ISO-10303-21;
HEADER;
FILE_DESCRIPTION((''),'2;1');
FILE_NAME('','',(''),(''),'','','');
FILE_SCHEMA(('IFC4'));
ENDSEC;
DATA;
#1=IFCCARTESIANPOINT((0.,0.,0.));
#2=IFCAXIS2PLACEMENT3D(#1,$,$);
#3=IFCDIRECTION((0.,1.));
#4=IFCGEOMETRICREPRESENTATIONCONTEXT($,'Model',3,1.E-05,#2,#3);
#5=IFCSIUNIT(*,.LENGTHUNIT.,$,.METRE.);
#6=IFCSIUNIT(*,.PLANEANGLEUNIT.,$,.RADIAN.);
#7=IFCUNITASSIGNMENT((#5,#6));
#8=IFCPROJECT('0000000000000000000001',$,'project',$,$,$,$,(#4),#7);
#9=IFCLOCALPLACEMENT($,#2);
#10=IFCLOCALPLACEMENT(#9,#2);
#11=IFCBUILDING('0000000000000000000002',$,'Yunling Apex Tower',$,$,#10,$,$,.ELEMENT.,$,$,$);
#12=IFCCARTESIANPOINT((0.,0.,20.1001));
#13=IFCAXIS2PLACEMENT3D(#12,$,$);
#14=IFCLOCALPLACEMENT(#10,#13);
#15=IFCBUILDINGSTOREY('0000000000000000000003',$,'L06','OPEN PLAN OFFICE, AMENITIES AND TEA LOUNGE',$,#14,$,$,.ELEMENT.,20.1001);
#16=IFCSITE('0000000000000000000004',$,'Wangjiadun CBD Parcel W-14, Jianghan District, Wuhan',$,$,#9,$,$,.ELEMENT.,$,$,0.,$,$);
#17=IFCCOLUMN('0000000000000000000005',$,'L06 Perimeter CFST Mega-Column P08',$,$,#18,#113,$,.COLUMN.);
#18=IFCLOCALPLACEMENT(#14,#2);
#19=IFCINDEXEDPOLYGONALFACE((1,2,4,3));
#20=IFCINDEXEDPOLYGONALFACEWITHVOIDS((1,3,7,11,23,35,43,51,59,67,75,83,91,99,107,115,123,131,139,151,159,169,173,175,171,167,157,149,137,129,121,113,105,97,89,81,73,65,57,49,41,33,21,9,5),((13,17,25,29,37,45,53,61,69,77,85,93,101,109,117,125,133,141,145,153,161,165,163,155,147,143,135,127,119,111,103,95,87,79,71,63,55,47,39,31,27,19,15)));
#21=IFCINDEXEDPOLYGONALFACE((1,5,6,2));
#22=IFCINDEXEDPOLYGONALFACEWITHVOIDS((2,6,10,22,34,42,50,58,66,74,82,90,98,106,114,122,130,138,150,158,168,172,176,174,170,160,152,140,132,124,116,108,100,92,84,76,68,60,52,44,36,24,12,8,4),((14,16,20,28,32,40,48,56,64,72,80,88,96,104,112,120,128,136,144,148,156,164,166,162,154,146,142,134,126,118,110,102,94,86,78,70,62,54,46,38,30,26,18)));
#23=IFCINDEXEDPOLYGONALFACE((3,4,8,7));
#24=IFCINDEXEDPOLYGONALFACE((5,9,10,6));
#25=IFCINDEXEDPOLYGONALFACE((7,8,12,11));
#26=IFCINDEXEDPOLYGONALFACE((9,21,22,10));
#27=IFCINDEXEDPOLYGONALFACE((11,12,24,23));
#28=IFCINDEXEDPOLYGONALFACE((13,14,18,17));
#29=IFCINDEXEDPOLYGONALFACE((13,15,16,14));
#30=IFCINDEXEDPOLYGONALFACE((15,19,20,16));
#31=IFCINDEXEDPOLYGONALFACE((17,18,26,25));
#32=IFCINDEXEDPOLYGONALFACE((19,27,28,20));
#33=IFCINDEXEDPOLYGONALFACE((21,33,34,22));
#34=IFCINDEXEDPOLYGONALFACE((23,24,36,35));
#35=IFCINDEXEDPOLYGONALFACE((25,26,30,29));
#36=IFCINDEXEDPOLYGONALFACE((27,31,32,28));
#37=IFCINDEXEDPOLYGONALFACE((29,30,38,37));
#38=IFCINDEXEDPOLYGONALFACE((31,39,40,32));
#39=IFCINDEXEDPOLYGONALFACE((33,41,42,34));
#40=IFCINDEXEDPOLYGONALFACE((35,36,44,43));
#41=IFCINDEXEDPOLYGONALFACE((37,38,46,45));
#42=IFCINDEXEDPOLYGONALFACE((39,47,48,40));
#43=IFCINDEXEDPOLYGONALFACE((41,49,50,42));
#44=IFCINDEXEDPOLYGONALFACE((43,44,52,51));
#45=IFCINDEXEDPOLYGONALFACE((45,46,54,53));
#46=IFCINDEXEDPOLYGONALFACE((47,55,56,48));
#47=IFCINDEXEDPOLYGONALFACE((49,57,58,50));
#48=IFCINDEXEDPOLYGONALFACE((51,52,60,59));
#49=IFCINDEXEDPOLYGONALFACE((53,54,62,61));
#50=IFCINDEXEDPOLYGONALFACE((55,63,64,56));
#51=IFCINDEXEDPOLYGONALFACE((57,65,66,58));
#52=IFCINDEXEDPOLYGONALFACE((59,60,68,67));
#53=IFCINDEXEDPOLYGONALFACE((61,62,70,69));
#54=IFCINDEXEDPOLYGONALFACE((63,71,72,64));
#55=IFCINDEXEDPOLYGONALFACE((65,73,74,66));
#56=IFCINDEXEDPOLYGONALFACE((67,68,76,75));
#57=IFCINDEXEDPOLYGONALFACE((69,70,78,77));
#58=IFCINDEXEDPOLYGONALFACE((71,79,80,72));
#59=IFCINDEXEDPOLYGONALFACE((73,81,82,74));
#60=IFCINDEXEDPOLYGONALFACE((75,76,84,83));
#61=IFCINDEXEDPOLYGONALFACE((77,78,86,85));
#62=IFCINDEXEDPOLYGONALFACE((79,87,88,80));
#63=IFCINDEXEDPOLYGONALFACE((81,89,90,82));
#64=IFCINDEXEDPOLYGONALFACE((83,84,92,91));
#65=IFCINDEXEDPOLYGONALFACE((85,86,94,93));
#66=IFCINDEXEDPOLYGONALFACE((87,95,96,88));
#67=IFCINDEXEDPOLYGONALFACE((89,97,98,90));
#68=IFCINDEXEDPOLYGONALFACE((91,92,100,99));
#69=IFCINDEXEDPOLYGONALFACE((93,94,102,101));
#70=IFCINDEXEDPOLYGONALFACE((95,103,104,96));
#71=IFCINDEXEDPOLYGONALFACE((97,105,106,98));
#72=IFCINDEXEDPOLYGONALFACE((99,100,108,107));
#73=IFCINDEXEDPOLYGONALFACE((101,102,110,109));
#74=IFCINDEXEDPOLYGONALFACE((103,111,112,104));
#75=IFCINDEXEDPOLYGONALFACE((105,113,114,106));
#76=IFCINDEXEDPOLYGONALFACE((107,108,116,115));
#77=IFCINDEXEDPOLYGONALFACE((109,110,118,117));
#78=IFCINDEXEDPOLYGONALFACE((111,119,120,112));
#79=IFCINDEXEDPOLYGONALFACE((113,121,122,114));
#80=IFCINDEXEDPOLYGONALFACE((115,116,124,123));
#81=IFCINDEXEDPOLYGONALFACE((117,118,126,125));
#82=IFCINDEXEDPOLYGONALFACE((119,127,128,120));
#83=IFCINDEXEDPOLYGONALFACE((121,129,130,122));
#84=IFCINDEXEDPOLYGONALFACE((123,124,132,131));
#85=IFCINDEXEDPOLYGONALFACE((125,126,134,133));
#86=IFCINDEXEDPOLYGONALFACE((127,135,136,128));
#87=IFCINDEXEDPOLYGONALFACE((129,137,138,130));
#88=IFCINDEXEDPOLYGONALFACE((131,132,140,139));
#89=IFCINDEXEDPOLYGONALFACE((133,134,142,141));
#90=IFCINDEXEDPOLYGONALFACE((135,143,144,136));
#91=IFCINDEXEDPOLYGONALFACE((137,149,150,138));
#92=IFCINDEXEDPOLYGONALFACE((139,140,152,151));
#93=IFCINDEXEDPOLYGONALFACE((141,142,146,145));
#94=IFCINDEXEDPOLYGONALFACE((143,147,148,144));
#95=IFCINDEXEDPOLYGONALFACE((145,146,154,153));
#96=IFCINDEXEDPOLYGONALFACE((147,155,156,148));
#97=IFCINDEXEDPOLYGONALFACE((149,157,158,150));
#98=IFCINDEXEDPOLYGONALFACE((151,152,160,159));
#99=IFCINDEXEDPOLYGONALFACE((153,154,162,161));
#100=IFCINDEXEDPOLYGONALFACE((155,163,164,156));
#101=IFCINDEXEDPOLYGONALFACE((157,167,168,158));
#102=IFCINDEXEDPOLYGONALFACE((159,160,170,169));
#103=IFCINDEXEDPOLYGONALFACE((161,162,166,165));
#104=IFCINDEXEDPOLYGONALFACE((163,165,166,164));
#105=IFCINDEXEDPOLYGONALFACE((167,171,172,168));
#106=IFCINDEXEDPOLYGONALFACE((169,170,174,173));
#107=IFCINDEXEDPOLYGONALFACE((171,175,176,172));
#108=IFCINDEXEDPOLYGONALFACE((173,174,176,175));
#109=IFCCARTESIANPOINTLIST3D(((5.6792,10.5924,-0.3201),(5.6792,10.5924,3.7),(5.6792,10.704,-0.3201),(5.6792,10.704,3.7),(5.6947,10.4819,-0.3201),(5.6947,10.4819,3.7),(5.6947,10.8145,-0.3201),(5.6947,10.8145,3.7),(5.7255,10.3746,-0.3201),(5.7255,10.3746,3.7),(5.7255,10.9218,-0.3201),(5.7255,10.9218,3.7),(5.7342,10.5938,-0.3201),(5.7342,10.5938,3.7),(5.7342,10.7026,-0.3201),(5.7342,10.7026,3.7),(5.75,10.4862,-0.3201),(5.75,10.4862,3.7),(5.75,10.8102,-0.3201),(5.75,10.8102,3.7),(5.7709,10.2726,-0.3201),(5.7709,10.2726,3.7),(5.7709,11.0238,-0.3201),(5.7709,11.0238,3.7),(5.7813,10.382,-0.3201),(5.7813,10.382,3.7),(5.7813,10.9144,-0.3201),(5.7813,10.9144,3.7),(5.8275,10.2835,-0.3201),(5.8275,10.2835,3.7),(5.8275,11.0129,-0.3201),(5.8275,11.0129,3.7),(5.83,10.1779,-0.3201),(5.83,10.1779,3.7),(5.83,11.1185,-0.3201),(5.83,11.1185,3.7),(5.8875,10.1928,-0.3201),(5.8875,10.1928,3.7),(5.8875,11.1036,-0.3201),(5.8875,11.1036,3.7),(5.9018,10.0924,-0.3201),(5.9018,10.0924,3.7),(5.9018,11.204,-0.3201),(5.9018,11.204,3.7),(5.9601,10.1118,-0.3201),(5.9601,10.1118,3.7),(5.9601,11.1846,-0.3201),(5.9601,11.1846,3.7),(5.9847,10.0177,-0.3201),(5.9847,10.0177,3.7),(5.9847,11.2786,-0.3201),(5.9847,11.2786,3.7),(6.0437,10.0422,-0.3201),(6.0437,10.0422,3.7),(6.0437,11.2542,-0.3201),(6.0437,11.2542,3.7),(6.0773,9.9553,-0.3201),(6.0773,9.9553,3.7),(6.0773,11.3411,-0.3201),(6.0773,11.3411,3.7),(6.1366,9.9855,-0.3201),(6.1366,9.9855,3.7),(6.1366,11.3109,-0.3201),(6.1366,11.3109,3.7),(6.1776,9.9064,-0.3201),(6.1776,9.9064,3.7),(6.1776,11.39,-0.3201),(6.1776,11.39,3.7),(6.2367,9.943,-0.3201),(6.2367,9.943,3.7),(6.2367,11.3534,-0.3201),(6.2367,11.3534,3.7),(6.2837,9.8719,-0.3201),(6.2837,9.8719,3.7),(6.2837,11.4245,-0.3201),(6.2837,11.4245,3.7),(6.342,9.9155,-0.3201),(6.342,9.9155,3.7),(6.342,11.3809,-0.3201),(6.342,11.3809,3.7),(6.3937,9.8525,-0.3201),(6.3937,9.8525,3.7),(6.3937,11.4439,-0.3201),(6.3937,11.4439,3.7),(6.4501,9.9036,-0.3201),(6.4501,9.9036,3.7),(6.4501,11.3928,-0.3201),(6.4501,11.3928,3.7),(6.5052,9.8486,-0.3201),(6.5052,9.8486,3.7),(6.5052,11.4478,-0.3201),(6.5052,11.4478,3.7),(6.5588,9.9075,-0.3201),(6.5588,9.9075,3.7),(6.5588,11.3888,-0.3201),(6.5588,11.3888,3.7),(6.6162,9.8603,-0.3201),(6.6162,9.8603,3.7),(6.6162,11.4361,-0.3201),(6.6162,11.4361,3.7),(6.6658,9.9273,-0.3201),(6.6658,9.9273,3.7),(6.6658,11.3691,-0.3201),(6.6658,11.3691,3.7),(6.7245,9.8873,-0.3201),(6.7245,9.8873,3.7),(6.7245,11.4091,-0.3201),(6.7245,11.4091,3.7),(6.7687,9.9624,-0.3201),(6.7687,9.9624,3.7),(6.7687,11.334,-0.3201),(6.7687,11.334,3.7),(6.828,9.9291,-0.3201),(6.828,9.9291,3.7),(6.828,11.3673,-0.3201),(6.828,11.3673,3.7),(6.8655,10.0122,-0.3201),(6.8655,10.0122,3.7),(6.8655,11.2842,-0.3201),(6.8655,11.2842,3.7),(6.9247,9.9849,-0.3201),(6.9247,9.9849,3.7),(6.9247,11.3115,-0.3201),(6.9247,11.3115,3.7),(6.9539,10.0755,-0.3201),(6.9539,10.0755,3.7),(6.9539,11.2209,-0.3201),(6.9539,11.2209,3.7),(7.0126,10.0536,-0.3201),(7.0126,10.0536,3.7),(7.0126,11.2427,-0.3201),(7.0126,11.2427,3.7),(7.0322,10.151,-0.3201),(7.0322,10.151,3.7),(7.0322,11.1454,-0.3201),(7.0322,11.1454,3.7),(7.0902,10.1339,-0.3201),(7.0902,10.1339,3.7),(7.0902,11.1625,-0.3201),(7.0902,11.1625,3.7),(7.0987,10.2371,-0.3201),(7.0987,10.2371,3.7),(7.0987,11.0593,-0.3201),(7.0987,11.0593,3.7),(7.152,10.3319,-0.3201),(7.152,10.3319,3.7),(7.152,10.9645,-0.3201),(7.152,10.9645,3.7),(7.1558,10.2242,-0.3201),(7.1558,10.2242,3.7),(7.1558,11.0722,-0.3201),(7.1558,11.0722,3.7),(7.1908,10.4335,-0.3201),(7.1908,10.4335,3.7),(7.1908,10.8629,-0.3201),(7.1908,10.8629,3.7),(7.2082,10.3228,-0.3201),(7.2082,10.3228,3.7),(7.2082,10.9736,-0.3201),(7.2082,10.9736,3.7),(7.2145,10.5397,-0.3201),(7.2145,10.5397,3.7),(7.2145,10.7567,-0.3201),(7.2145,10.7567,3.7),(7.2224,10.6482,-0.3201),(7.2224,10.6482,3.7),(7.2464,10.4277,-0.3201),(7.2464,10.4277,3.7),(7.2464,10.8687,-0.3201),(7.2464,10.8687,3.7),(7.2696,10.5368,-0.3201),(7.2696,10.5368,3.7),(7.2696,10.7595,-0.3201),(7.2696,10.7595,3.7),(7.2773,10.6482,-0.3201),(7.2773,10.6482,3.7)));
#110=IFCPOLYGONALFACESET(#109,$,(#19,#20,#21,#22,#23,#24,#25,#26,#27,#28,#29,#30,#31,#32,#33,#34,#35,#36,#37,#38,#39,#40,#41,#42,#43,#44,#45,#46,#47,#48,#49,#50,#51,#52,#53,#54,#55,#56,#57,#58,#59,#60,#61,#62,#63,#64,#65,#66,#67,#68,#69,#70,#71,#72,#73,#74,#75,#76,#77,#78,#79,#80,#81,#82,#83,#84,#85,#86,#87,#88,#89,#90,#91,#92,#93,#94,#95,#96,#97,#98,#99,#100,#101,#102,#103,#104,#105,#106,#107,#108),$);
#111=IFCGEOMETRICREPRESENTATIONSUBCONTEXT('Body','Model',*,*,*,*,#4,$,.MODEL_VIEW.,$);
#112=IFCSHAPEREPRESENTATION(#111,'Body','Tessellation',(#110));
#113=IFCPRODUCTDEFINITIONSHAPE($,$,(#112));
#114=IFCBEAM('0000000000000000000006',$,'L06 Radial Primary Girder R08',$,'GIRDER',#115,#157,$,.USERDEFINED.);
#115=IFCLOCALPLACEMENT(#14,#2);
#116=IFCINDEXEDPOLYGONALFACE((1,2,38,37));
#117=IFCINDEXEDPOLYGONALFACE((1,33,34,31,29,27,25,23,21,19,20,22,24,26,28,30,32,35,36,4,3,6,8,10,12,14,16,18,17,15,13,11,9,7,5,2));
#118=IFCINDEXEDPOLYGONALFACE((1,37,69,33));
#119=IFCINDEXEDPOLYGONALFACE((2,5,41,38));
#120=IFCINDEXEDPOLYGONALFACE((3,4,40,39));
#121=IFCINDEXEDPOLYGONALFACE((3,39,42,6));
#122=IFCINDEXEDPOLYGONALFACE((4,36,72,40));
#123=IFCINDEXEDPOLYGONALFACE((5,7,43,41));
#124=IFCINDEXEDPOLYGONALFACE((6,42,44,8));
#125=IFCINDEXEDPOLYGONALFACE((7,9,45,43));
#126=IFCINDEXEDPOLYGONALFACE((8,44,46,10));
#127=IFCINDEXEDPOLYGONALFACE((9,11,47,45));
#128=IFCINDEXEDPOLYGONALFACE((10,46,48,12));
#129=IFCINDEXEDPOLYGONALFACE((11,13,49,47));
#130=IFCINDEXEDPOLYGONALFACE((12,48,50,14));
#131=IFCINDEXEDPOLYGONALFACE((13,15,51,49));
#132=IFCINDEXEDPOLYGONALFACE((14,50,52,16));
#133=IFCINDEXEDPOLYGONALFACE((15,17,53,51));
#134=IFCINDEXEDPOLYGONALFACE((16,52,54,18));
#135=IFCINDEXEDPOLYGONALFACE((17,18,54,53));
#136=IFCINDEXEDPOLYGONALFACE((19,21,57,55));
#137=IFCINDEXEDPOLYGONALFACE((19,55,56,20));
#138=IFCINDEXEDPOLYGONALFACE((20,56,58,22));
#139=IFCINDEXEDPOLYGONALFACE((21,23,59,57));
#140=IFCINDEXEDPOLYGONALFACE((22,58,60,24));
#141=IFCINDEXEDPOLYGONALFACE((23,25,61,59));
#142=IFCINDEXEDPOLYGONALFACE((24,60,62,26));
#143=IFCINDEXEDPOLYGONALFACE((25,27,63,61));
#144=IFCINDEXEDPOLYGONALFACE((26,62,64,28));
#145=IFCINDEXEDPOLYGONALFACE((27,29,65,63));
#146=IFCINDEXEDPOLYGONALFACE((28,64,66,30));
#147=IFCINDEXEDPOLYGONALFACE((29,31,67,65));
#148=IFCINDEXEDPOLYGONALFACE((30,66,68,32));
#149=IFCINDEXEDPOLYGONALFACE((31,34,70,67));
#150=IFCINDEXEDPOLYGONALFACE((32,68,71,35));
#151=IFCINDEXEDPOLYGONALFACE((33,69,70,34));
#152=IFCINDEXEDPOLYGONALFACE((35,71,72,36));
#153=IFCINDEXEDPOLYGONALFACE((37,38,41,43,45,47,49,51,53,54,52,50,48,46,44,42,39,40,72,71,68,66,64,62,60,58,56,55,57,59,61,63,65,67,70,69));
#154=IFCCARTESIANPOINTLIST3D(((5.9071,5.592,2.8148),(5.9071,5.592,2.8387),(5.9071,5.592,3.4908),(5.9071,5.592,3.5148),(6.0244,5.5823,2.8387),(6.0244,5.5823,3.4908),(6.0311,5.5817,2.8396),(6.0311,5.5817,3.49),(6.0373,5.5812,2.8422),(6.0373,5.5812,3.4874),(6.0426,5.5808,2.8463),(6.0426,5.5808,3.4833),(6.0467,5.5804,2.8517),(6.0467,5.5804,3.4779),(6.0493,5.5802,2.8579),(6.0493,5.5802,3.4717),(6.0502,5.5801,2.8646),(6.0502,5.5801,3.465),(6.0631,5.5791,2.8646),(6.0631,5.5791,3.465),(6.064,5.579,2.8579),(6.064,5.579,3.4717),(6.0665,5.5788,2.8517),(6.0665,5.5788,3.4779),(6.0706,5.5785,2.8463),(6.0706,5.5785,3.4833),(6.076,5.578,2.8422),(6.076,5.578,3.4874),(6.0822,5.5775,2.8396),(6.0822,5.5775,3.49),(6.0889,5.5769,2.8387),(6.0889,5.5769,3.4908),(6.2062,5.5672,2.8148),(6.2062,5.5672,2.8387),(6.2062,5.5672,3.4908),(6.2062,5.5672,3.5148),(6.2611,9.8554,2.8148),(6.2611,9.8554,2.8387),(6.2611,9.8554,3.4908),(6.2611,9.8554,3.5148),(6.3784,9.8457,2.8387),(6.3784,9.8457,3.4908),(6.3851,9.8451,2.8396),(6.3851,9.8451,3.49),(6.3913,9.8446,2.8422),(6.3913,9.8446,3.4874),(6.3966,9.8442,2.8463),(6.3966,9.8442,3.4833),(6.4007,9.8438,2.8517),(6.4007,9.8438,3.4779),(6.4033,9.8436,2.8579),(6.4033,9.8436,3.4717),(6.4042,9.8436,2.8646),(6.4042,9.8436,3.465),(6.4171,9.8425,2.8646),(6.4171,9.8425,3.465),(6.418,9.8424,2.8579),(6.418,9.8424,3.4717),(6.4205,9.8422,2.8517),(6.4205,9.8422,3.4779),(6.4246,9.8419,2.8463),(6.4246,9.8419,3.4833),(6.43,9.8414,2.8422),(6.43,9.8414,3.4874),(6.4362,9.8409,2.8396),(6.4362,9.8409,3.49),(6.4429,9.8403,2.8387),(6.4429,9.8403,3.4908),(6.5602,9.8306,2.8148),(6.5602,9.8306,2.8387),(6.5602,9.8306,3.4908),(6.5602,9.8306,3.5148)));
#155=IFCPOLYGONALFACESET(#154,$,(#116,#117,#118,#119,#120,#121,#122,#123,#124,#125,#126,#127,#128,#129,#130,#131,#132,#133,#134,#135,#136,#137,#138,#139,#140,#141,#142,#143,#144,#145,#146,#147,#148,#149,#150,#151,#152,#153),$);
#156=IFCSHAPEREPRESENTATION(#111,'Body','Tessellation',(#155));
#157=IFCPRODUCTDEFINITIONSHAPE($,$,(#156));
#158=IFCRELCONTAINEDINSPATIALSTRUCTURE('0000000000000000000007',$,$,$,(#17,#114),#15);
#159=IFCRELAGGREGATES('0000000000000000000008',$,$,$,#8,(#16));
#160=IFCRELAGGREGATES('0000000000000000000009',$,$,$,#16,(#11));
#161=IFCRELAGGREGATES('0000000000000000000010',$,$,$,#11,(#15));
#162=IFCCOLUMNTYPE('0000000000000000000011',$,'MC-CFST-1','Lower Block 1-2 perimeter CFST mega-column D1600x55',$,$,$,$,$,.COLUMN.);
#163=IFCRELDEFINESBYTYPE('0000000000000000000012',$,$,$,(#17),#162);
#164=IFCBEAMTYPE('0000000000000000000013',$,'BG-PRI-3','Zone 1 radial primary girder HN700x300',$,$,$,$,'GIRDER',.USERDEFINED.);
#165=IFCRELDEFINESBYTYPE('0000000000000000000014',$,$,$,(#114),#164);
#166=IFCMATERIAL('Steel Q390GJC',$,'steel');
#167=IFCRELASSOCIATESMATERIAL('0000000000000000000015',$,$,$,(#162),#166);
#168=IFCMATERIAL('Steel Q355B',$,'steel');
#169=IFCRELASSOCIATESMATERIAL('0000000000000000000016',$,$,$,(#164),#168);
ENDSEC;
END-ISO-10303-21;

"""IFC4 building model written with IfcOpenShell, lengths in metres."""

from ifc_helpers import new_model, si_unit, direction, frame, origin, origin_2d, place, context, subcontext, project, spatial, hollow_circle, i_section, extrude, source, transform, mapped, material, material_profile, profile_set, type_object, element, save


model = new_model("IFC4")

# Units and contexts
model_context = context("Model", 3, precision=1e-05, world=origin(), true_north=direction((0.0, 1.0)))
body_context = subcontext(model_context, "Body", "Model", "MODEL_VIEW")
ifc_project = project(units=[si_unit("LENGTHUNIT", "METRE"), si_unit("PLANEANGLEUNIT", "RADIAN")], contexts=[model_context])

# Site, building, storey
site_placement = place(None, origin())
site = spatial("IfcSite", under=ifc_project, at=site_placement, Name="Wangjiadun CBD Parcel W-14, Jianghan District, Wuhan", CompositionType="ELEMENT", RefElevation=0.0)
building_placement = place(site_placement, origin())
building = spatial("IfcBuilding", under=site, at=building_placement, Name="Yunling Apex Tower", CompositionType="ELEMENT")
storey_placement = place(building_placement, frame((0.0, 0.0, 20.1001)))
storey = spatial("IfcBuildingStorey", under=building, at=storey_placement, Name="L06", Description="OPEN PLAN OFFICE, AMENITIES AND TEA LOUNGE", CompositionType="ELEMENT", Elevation=20.1001)

# Column
ifc_material_1 = material(Name="Steel Q390GJC", Category="steel")
ifc_material_profile_1 = material_profile(ifc_material_1, hollow_circle(Radius=0.8, WallThickness=0.0549, at=origin_2d()))
ifc_profile_set_1 = profile_set([ifc_material_profile_1], Name="Steel Q390GJC")
column_type = type_object("IfcColumnType", Name="MC-CFST-1", Description="Lower Block 1-2 perimeter CFST mega-column D1600x55", PredefinedType="COLUMN", material=ifc_profile_set_1)
shared_shape_1 = source(origin(), body_context, "Body", "SweptSolid", [
    extrude(hollow_circle(Radius=0.8, WallThickness=0.0549, at=origin_2d()), origin(), (0.0, 0.0, 1.0), 4.02),
])
column_placement = place(storey_placement, frame((6.4773, 10.6482, -0.3201), z_axis=(0.0, 0.0, 1.0), x_axis=(1.0, 0.0, 0.0)))
element("IfcColumn", 1, at=column_placement, inside=storey, type_object=column_type, Name="L06 Perimeter CFST Mega-Column P08", PredefinedType="COLUMN", context=body_context, shape_type="MappedRepresentation", body=[
    mapped(shared_shape_1, transform((0.0, 0.0, 0.0), scale=1.0)),
])

# Beam
ifc_material_2 = material(Name="Steel Q355B", Category="steel")
ifc_material_profile_2 = material_profile(ifc_material_2, i_section(OverallWidth=0.3, OverallDepth=0.7, WebThickness=0.0129, FlangeThickness=0.0239, FilletRadius=0.0259, at=origin_2d()))
ifc_profile_set_2 = profile_set([ifc_material_profile_2], Name="Steel Q355B")
beam_type_1 = type_object("IfcBeamType", Name="BG-PRI-3", Description="Zone 1 radial primary girder HN700x300", ElementType="GIRDER", PredefinedType="USERDEFINED", material=ifc_profile_set_2)
shared_shape_2 = source(origin(), body_context, "Body", "SweptSolid", [
    extrude(i_section(OverallWidth=0.3, OverallDepth=0.7, WebThickness=0.0129, FlangeThickness=0.0239, FilletRadius=0.0259, at=origin_2d()), origin(), (0.0, 0.0, 1.0), 4.2781),
])
beam_1_placement = place(storey_placement, frame((6.4106, 9.843, 3.1648), z_axis=(-0.082748, -0.996571, 0.0), x_axis=(0.996571, -0.082748, 0.0)))
element("IfcBeam", 2, at=beam_1_placement, inside=storey, type_object=beam_type_1, Name="L06 Radial Primary Girder R08", ObjectType="GIRDER", PredefinedType="USERDEFINED", context=body_context, shape_type="MappedRepresentation", body=[
    mapped(shared_shape_2, transform((0.0, 0.0, 0.0), scale=1.0)),
])

save(model, "model.ifc")
